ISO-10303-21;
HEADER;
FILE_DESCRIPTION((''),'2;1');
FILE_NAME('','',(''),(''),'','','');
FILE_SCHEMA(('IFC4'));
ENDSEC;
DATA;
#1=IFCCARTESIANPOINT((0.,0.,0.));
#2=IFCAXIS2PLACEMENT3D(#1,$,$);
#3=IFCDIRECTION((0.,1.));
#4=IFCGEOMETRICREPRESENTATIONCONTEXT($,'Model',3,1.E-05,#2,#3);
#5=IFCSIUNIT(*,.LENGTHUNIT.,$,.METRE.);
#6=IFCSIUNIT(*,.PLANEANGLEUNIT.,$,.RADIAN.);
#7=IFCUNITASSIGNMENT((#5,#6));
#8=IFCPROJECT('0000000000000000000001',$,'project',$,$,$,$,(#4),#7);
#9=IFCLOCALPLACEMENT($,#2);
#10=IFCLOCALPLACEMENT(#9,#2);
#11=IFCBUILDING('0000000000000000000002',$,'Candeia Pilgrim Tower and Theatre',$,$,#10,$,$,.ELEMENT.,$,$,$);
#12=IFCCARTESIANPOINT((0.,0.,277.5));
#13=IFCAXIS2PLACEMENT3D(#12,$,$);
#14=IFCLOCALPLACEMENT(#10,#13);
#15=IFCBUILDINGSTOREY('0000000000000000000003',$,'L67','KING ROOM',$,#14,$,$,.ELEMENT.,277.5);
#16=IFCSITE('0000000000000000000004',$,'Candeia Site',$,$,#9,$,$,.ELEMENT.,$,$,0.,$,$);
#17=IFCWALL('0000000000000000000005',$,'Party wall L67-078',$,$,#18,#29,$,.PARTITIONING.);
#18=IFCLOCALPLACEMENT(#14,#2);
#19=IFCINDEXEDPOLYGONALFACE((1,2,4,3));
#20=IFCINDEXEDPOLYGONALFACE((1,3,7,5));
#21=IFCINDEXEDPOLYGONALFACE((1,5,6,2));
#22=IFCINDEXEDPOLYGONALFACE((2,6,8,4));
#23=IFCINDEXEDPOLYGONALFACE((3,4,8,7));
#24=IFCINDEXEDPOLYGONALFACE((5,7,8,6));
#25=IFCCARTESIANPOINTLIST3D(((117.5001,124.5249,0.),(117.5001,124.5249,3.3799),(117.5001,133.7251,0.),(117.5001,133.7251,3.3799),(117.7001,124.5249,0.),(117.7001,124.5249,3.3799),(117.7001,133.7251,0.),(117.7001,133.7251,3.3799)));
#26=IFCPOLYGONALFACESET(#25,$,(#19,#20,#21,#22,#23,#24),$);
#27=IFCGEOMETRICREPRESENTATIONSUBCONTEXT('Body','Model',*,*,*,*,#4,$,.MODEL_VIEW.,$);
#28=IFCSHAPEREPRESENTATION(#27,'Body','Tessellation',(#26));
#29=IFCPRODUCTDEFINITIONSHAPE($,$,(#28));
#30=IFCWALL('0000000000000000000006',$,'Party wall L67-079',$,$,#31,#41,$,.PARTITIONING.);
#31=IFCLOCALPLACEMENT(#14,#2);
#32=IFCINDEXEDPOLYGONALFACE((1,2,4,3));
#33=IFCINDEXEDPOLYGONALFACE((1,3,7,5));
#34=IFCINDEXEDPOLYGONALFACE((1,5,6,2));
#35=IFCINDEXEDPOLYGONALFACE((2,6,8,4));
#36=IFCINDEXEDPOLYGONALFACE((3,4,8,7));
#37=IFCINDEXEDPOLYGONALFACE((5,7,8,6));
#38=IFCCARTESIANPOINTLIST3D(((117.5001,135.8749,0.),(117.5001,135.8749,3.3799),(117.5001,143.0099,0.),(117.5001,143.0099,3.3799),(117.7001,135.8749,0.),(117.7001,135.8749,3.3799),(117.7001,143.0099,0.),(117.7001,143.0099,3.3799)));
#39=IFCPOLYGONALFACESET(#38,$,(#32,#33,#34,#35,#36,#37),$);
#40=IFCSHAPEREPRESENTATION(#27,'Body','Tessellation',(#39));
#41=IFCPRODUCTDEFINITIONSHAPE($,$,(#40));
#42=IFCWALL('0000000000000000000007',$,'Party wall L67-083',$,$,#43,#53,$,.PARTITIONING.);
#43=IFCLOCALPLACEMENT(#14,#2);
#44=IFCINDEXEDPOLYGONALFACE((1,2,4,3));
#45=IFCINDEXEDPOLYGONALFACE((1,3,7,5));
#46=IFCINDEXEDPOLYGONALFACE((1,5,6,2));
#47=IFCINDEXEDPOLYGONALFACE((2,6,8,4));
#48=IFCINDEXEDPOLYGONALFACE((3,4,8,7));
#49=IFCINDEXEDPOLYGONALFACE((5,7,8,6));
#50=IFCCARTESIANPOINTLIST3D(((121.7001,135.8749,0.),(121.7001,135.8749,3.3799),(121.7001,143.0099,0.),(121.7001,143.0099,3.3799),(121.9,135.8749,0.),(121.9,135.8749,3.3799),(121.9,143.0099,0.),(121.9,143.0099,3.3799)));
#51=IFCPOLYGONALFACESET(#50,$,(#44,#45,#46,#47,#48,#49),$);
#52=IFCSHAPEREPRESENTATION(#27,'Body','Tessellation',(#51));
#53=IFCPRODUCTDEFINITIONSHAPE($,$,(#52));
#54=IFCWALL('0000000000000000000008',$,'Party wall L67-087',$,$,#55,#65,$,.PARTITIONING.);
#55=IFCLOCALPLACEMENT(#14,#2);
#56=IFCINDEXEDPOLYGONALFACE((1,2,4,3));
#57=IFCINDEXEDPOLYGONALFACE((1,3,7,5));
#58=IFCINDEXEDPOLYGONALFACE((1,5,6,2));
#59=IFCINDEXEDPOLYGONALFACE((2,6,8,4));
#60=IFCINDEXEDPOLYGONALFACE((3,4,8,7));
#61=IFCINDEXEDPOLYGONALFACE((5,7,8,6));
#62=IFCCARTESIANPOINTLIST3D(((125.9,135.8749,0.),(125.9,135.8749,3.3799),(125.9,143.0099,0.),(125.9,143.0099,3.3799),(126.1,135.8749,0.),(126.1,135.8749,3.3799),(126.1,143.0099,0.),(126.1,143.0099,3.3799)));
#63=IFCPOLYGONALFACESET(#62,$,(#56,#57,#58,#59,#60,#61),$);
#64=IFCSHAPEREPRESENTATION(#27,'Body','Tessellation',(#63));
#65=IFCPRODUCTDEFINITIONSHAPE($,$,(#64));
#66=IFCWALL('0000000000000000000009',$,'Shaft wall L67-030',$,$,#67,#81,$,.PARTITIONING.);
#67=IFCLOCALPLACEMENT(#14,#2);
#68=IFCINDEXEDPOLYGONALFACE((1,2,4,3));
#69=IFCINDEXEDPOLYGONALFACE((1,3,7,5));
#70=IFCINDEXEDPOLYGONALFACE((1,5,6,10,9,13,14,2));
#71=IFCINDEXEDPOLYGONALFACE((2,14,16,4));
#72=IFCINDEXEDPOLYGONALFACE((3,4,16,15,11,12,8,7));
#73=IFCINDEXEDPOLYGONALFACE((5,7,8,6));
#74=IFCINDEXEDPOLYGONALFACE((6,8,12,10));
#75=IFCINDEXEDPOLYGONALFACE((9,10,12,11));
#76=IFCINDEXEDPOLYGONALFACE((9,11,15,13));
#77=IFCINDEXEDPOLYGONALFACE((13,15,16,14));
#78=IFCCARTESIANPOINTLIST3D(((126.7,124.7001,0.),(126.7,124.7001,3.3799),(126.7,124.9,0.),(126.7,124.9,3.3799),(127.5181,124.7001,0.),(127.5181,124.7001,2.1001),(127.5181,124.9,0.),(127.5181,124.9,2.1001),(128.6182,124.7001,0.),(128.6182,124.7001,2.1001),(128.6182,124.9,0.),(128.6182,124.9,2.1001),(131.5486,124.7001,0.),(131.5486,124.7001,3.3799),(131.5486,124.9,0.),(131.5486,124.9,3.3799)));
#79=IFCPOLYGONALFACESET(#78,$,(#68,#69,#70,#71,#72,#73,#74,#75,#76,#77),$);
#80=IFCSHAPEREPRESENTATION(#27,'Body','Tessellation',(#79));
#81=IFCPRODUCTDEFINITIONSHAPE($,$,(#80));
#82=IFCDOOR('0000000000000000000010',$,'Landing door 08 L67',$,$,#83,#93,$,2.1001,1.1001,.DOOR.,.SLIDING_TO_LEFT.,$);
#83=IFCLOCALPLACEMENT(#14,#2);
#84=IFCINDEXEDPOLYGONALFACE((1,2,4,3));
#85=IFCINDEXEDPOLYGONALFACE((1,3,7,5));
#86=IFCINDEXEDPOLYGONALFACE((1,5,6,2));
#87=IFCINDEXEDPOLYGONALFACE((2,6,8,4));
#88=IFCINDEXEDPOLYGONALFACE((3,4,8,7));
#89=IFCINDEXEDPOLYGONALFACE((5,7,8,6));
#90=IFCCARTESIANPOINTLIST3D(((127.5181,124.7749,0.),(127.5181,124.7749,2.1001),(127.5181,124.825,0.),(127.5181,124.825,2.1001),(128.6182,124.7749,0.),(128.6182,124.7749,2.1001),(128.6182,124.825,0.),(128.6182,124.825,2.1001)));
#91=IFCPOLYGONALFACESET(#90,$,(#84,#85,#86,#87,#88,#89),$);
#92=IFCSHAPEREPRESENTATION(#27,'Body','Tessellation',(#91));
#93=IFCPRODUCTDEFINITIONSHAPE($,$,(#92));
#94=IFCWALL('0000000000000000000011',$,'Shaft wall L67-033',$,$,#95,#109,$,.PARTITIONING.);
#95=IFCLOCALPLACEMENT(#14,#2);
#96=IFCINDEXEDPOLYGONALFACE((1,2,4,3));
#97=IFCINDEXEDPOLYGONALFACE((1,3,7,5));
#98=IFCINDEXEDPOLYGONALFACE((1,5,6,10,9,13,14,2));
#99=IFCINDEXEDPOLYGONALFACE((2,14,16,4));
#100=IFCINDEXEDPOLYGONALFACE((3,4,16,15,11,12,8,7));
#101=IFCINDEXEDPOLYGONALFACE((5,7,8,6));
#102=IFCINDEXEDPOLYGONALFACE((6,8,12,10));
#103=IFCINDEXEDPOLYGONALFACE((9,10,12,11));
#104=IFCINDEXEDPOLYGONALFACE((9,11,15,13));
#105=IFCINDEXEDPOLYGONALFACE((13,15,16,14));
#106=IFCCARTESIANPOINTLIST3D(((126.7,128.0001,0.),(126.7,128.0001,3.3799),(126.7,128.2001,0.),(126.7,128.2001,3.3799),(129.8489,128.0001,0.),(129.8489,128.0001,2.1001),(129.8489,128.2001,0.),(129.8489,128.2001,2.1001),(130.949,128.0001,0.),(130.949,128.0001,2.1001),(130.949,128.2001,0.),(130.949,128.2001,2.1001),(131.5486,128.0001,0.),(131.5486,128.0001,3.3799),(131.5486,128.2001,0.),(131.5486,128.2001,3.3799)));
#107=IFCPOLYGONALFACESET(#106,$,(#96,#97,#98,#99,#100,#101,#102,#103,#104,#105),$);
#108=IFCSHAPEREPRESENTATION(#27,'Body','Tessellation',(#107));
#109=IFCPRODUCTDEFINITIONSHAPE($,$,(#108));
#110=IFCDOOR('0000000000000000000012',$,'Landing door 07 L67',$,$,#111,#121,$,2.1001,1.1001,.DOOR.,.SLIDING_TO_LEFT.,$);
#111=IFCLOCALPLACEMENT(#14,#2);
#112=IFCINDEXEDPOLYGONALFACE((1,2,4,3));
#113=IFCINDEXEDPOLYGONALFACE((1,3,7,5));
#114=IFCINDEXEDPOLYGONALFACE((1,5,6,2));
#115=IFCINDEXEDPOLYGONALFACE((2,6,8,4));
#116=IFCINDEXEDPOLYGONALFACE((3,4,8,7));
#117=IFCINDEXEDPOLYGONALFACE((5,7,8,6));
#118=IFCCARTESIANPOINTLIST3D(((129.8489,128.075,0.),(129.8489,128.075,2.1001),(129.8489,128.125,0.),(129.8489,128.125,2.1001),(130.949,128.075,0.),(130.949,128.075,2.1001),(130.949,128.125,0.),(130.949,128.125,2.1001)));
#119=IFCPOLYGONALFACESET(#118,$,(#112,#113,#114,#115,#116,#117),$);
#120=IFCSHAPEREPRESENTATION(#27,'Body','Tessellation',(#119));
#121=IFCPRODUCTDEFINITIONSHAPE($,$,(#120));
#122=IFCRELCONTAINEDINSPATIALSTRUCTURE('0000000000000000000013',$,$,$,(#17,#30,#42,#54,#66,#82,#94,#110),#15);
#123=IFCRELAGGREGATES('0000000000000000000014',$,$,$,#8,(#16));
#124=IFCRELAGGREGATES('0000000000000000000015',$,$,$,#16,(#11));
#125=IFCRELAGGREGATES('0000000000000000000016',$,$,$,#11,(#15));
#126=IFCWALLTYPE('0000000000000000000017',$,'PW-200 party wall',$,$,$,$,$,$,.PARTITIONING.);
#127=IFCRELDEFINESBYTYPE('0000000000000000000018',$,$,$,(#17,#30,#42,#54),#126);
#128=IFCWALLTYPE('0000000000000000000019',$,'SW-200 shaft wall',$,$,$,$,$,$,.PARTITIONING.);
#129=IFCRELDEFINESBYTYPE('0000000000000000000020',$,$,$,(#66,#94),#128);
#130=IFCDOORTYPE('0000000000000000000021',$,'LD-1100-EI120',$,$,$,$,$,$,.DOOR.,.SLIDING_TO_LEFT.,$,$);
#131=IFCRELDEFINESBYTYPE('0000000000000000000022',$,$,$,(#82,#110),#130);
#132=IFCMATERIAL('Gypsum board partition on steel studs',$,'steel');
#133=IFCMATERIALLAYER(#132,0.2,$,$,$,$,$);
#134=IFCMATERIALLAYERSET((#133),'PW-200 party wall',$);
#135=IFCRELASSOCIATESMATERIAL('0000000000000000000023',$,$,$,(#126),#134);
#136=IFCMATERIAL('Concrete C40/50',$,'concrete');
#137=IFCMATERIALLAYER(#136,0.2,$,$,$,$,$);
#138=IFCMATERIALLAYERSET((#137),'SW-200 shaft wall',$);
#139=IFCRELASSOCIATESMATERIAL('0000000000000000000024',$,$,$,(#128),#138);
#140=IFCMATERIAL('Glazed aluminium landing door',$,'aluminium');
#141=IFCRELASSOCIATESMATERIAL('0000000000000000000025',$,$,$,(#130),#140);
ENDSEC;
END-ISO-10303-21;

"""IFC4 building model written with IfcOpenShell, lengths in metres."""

from ifc_helpers import new_model, si_unit, direction, frame, frame_2d, origin, place, context, subcontext, project, spatial, rectangle, extrude, material, layer, layer_set, type_object, element, fill, save


model = new_model("IFC4")

# Units and contexts
model_context = context("Model", 3, precision=1e-05, world=origin(), true_north=direction((0.0, 1.0)))
body_context = subcontext(model_context, "Body", "Model", "MODEL_VIEW")
ifc_project = project(units=[si_unit("LENGTHUNIT", "METRE"), si_unit("PLANEANGLEUNIT", "RADIAN")], contexts=[model_context])

# Site, building, storey
site_placement = place(None, origin())
site = spatial("IfcSite", under=ifc_project, at=site_placement, Name="Candeia Site", CompositionType="ELEMENT", RefElevation=0.0)
building_placement = place(site_placement, origin())
building = spatial("IfcBuilding", under=site, at=building_placement, Name="Candeia Pilgrim Tower and Theatre", CompositionType="ELEMENT")
storey_placement = place(building_placement, frame((0.0, 0.0, 277.5)))
storey = spatial("IfcBuildingStorey", under=building, at=storey_placement, Name="L67", Description="KING ROOM", CompositionType="ELEMENT", Elevation=277.5)

# Shared definitions
ifc_material_1 = material(Name="Concrete C40/50", Category="concrete")

# Shared definitions
ifc_material_2 = material(Name="Gypsum board partition on steel studs", Category="steel")

# Walls
ifc_layer_1 = layer(ifc_material_2, 0.2)
ifc_layer_set_1 = layer_set([ifc_layer_1], Name="PW-200 party wall")
wall_type_1 = type_object("IfcWallType", Name="PW-200 party wall", PredefinedType="PARTITIONING", material=ifc_layer_set_1)
wall_1_placement = place(storey_placement, frame((117.6001, 124.5249, 0.0), z_axis=(0.0, 0.0, 1.0), x_axis=(0.0, 1.0, 0.0)))
element("IfcWall", 1, at=wall_1_placement, inside=storey, type_object=wall_type_1, Name="Party wall L67-078", PredefinedType="PARTITIONING", context=body_context, shape_type="SweptSolid", body=[
    extrude(rectangle(XDim=9.2002, YDim=0.2, at=frame_2d((4.6001, 0.0))), origin(), (0.0, 0.0, 1.0), 3.3799),
])
for number, where, z_axis, x_axis, name in (
    (2, (117.6001, 135.875, 0.0), (0.0, 0.0, 1.0), (0.0, 1.0, 0.0), "Party wall L67-079"),
    (3, (121.8, 135.875, 0.0), (0.0, 0.0, 1.0), (0.0, 1.0, 0.0), "Party wall L67-083"),
    (4, (126.0, 135.875, 0.0), (0.0, 0.0, 1.0), (0.0, 1.0, 0.0), "Party wall L67-087"),
):
    element("IfcWall", number, at=place(storey_placement, frame(where, z_axis=z_axis, x_axis=x_axis)), inside=storey, type_object=wall_type_1, Name=name, PredefinedType="PARTITIONING", context=body_context, shape_type="SweptSolid", body=[
        extrude(rectangle(XDim=7.135, YDim=0.2, at=frame_2d((3.5674, 0.0))), origin(), (0.0, 0.0, 1.0), 3.3799),
    ])

# Walls, openings, doors
ifc_layer_2 = layer(ifc_material_1, 0.2)
ifc_layer_set_2 = layer_set([ifc_layer_2], Name="SW-200 shaft wall")
wall_type_2 = type_object("IfcWallType", Name="SW-200 shaft wall", PredefinedType="PARTITIONING", material=ifc_layer_set_2)
wall_2_placement = place(storey_placement, frame((126.7, 124.8, 0.0), z_axis=(0.0, 0.0, 1.0), x_axis=(1.0, 0.0, 0.0)))
wall_2 = element("IfcWall", 5, at=wall_2_placement, inside=storey, type_object=wall_type_2, Name="Shaft wall L67-030", PredefinedType="PARTITIONING", context=body_context, shape_type="SweptSolid", body=[
    extrude(rectangle(XDim=4.8486, YDim=0.2, at=frame_2d((2.4243, 0.0))), origin(), (0.0, 0.0, 1.0), 3.3799),
])
opening_1_placement = place(wall_2_placement, frame((0.8181, 0.0, 0.0)))
opening_1 = element("IfcOpeningElement", 6, at=opening_1_placement, cuts=wall_2, PredefinedType="OPENING", context=body_context, shape_type="SweptSolid", body=[
    extrude(rectangle(XDim=1.1001, YDim=2.1001, at=frame_2d((0.55, 1.05))), frame((0.0, 0.1099, 0.0), z_axis=(0.0, -1.0, 0.0), x_axis=(1.0, 0.0, 0.0)), (0.0, 0.0, 1.0), 0.22),
])
ifc_material_3 = material(Name="Glazed aluminium landing door", Category="aluminium")
door_type_1 = type_object("IfcDoorType", Name="LD-1100-EI120", OperationType="SLIDING_TO_LEFT", PredefinedType="DOOR", material=ifc_material_3)
door_1_placement = place(opening_1_placement, origin())
door_1 = element("IfcDoor", 7, at=door_1_placement, inside=storey, type_object=door_type_1, Name="Landing door 08 L67", OperationType="SLIDING_TO_LEFT", OverallHeight=2.1001, OverallWidth=1.1001, PredefinedType="DOOR", context=body_context, shape_type="SweptSolid", body=[
    extrude(rectangle(XDim=1.1001, YDim=2.1001, at=frame_2d((0.55, 1.05))), frame((0.0, 0.0249, 0.0), z_axis=(0.0, -1.0, 0.0), x_axis=(1.0, 0.0, 0.0)), (0.0, 0.0, 1.0), 0.05),
])
fill(opening_1, door_1)
wall_3_placement = place(storey_placement, frame((126.7, 128.1001, 0.0), z_axis=(0.0, 0.0, 1.0), x_axis=(1.0, 0.0, 0.0)))
wall_3 = element("IfcWall", 8, at=wall_3_placement, inside=storey, type_object=wall_type_2, Name="Shaft wall L67-033", PredefinedType="PARTITIONING", context=body_context, shape_type="SweptSolid", body=[
    extrude(rectangle(XDim=4.8486, YDim=0.2, at=frame_2d((2.4243, 0.0))), origin(), (0.0, 0.0, 1.0), 3.3799),
])
opening_2_placement = place(wall_3_placement, frame((3.1489, 0.0, 0.0)))
opening_2 = element("IfcOpeningElement", 9, at=opening_2_placement, cuts=wall_3, PredefinedType="OPENING", context=body_context, shape_type="SweptSolid", body=[
    extrude(rectangle(XDim=1.1001, YDim=2.1001, at=frame_2d((0.55, 1.05))), frame((0.0, 0.1099, 0.0), z_axis=(0.0, -1.0, 0.0), x_axis=(1.0, 0.0, 0.0)), (0.0, 0.0, 1.0), 0.22),
])
door_2_placement = place(opening_2_placement, origin())
door_2 = element("IfcDoor", 10, at=door_2_placement, inside=storey, type_object=door_type_1, Name="Landing door 07 L67", OperationType="SLIDING_TO_LEFT", OverallHeight=2.1001, OverallWidth=1.1001, PredefinedType="DOOR", context=body_context, shape_type="SweptSolid", body=[
    extrude(rectangle(XDim=1.1001, YDim=2.1001, at=frame_2d((0.55, 1.05))), frame((0.0, 0.0249, 0.0), z_axis=(0.0, -1.0, 0.0), x_axis=(1.0, 0.0, 0.0)), (0.0, 0.0, 1.0), 0.05),
])
fill(opening_2, door_2)

save(model, "model.ifc")
